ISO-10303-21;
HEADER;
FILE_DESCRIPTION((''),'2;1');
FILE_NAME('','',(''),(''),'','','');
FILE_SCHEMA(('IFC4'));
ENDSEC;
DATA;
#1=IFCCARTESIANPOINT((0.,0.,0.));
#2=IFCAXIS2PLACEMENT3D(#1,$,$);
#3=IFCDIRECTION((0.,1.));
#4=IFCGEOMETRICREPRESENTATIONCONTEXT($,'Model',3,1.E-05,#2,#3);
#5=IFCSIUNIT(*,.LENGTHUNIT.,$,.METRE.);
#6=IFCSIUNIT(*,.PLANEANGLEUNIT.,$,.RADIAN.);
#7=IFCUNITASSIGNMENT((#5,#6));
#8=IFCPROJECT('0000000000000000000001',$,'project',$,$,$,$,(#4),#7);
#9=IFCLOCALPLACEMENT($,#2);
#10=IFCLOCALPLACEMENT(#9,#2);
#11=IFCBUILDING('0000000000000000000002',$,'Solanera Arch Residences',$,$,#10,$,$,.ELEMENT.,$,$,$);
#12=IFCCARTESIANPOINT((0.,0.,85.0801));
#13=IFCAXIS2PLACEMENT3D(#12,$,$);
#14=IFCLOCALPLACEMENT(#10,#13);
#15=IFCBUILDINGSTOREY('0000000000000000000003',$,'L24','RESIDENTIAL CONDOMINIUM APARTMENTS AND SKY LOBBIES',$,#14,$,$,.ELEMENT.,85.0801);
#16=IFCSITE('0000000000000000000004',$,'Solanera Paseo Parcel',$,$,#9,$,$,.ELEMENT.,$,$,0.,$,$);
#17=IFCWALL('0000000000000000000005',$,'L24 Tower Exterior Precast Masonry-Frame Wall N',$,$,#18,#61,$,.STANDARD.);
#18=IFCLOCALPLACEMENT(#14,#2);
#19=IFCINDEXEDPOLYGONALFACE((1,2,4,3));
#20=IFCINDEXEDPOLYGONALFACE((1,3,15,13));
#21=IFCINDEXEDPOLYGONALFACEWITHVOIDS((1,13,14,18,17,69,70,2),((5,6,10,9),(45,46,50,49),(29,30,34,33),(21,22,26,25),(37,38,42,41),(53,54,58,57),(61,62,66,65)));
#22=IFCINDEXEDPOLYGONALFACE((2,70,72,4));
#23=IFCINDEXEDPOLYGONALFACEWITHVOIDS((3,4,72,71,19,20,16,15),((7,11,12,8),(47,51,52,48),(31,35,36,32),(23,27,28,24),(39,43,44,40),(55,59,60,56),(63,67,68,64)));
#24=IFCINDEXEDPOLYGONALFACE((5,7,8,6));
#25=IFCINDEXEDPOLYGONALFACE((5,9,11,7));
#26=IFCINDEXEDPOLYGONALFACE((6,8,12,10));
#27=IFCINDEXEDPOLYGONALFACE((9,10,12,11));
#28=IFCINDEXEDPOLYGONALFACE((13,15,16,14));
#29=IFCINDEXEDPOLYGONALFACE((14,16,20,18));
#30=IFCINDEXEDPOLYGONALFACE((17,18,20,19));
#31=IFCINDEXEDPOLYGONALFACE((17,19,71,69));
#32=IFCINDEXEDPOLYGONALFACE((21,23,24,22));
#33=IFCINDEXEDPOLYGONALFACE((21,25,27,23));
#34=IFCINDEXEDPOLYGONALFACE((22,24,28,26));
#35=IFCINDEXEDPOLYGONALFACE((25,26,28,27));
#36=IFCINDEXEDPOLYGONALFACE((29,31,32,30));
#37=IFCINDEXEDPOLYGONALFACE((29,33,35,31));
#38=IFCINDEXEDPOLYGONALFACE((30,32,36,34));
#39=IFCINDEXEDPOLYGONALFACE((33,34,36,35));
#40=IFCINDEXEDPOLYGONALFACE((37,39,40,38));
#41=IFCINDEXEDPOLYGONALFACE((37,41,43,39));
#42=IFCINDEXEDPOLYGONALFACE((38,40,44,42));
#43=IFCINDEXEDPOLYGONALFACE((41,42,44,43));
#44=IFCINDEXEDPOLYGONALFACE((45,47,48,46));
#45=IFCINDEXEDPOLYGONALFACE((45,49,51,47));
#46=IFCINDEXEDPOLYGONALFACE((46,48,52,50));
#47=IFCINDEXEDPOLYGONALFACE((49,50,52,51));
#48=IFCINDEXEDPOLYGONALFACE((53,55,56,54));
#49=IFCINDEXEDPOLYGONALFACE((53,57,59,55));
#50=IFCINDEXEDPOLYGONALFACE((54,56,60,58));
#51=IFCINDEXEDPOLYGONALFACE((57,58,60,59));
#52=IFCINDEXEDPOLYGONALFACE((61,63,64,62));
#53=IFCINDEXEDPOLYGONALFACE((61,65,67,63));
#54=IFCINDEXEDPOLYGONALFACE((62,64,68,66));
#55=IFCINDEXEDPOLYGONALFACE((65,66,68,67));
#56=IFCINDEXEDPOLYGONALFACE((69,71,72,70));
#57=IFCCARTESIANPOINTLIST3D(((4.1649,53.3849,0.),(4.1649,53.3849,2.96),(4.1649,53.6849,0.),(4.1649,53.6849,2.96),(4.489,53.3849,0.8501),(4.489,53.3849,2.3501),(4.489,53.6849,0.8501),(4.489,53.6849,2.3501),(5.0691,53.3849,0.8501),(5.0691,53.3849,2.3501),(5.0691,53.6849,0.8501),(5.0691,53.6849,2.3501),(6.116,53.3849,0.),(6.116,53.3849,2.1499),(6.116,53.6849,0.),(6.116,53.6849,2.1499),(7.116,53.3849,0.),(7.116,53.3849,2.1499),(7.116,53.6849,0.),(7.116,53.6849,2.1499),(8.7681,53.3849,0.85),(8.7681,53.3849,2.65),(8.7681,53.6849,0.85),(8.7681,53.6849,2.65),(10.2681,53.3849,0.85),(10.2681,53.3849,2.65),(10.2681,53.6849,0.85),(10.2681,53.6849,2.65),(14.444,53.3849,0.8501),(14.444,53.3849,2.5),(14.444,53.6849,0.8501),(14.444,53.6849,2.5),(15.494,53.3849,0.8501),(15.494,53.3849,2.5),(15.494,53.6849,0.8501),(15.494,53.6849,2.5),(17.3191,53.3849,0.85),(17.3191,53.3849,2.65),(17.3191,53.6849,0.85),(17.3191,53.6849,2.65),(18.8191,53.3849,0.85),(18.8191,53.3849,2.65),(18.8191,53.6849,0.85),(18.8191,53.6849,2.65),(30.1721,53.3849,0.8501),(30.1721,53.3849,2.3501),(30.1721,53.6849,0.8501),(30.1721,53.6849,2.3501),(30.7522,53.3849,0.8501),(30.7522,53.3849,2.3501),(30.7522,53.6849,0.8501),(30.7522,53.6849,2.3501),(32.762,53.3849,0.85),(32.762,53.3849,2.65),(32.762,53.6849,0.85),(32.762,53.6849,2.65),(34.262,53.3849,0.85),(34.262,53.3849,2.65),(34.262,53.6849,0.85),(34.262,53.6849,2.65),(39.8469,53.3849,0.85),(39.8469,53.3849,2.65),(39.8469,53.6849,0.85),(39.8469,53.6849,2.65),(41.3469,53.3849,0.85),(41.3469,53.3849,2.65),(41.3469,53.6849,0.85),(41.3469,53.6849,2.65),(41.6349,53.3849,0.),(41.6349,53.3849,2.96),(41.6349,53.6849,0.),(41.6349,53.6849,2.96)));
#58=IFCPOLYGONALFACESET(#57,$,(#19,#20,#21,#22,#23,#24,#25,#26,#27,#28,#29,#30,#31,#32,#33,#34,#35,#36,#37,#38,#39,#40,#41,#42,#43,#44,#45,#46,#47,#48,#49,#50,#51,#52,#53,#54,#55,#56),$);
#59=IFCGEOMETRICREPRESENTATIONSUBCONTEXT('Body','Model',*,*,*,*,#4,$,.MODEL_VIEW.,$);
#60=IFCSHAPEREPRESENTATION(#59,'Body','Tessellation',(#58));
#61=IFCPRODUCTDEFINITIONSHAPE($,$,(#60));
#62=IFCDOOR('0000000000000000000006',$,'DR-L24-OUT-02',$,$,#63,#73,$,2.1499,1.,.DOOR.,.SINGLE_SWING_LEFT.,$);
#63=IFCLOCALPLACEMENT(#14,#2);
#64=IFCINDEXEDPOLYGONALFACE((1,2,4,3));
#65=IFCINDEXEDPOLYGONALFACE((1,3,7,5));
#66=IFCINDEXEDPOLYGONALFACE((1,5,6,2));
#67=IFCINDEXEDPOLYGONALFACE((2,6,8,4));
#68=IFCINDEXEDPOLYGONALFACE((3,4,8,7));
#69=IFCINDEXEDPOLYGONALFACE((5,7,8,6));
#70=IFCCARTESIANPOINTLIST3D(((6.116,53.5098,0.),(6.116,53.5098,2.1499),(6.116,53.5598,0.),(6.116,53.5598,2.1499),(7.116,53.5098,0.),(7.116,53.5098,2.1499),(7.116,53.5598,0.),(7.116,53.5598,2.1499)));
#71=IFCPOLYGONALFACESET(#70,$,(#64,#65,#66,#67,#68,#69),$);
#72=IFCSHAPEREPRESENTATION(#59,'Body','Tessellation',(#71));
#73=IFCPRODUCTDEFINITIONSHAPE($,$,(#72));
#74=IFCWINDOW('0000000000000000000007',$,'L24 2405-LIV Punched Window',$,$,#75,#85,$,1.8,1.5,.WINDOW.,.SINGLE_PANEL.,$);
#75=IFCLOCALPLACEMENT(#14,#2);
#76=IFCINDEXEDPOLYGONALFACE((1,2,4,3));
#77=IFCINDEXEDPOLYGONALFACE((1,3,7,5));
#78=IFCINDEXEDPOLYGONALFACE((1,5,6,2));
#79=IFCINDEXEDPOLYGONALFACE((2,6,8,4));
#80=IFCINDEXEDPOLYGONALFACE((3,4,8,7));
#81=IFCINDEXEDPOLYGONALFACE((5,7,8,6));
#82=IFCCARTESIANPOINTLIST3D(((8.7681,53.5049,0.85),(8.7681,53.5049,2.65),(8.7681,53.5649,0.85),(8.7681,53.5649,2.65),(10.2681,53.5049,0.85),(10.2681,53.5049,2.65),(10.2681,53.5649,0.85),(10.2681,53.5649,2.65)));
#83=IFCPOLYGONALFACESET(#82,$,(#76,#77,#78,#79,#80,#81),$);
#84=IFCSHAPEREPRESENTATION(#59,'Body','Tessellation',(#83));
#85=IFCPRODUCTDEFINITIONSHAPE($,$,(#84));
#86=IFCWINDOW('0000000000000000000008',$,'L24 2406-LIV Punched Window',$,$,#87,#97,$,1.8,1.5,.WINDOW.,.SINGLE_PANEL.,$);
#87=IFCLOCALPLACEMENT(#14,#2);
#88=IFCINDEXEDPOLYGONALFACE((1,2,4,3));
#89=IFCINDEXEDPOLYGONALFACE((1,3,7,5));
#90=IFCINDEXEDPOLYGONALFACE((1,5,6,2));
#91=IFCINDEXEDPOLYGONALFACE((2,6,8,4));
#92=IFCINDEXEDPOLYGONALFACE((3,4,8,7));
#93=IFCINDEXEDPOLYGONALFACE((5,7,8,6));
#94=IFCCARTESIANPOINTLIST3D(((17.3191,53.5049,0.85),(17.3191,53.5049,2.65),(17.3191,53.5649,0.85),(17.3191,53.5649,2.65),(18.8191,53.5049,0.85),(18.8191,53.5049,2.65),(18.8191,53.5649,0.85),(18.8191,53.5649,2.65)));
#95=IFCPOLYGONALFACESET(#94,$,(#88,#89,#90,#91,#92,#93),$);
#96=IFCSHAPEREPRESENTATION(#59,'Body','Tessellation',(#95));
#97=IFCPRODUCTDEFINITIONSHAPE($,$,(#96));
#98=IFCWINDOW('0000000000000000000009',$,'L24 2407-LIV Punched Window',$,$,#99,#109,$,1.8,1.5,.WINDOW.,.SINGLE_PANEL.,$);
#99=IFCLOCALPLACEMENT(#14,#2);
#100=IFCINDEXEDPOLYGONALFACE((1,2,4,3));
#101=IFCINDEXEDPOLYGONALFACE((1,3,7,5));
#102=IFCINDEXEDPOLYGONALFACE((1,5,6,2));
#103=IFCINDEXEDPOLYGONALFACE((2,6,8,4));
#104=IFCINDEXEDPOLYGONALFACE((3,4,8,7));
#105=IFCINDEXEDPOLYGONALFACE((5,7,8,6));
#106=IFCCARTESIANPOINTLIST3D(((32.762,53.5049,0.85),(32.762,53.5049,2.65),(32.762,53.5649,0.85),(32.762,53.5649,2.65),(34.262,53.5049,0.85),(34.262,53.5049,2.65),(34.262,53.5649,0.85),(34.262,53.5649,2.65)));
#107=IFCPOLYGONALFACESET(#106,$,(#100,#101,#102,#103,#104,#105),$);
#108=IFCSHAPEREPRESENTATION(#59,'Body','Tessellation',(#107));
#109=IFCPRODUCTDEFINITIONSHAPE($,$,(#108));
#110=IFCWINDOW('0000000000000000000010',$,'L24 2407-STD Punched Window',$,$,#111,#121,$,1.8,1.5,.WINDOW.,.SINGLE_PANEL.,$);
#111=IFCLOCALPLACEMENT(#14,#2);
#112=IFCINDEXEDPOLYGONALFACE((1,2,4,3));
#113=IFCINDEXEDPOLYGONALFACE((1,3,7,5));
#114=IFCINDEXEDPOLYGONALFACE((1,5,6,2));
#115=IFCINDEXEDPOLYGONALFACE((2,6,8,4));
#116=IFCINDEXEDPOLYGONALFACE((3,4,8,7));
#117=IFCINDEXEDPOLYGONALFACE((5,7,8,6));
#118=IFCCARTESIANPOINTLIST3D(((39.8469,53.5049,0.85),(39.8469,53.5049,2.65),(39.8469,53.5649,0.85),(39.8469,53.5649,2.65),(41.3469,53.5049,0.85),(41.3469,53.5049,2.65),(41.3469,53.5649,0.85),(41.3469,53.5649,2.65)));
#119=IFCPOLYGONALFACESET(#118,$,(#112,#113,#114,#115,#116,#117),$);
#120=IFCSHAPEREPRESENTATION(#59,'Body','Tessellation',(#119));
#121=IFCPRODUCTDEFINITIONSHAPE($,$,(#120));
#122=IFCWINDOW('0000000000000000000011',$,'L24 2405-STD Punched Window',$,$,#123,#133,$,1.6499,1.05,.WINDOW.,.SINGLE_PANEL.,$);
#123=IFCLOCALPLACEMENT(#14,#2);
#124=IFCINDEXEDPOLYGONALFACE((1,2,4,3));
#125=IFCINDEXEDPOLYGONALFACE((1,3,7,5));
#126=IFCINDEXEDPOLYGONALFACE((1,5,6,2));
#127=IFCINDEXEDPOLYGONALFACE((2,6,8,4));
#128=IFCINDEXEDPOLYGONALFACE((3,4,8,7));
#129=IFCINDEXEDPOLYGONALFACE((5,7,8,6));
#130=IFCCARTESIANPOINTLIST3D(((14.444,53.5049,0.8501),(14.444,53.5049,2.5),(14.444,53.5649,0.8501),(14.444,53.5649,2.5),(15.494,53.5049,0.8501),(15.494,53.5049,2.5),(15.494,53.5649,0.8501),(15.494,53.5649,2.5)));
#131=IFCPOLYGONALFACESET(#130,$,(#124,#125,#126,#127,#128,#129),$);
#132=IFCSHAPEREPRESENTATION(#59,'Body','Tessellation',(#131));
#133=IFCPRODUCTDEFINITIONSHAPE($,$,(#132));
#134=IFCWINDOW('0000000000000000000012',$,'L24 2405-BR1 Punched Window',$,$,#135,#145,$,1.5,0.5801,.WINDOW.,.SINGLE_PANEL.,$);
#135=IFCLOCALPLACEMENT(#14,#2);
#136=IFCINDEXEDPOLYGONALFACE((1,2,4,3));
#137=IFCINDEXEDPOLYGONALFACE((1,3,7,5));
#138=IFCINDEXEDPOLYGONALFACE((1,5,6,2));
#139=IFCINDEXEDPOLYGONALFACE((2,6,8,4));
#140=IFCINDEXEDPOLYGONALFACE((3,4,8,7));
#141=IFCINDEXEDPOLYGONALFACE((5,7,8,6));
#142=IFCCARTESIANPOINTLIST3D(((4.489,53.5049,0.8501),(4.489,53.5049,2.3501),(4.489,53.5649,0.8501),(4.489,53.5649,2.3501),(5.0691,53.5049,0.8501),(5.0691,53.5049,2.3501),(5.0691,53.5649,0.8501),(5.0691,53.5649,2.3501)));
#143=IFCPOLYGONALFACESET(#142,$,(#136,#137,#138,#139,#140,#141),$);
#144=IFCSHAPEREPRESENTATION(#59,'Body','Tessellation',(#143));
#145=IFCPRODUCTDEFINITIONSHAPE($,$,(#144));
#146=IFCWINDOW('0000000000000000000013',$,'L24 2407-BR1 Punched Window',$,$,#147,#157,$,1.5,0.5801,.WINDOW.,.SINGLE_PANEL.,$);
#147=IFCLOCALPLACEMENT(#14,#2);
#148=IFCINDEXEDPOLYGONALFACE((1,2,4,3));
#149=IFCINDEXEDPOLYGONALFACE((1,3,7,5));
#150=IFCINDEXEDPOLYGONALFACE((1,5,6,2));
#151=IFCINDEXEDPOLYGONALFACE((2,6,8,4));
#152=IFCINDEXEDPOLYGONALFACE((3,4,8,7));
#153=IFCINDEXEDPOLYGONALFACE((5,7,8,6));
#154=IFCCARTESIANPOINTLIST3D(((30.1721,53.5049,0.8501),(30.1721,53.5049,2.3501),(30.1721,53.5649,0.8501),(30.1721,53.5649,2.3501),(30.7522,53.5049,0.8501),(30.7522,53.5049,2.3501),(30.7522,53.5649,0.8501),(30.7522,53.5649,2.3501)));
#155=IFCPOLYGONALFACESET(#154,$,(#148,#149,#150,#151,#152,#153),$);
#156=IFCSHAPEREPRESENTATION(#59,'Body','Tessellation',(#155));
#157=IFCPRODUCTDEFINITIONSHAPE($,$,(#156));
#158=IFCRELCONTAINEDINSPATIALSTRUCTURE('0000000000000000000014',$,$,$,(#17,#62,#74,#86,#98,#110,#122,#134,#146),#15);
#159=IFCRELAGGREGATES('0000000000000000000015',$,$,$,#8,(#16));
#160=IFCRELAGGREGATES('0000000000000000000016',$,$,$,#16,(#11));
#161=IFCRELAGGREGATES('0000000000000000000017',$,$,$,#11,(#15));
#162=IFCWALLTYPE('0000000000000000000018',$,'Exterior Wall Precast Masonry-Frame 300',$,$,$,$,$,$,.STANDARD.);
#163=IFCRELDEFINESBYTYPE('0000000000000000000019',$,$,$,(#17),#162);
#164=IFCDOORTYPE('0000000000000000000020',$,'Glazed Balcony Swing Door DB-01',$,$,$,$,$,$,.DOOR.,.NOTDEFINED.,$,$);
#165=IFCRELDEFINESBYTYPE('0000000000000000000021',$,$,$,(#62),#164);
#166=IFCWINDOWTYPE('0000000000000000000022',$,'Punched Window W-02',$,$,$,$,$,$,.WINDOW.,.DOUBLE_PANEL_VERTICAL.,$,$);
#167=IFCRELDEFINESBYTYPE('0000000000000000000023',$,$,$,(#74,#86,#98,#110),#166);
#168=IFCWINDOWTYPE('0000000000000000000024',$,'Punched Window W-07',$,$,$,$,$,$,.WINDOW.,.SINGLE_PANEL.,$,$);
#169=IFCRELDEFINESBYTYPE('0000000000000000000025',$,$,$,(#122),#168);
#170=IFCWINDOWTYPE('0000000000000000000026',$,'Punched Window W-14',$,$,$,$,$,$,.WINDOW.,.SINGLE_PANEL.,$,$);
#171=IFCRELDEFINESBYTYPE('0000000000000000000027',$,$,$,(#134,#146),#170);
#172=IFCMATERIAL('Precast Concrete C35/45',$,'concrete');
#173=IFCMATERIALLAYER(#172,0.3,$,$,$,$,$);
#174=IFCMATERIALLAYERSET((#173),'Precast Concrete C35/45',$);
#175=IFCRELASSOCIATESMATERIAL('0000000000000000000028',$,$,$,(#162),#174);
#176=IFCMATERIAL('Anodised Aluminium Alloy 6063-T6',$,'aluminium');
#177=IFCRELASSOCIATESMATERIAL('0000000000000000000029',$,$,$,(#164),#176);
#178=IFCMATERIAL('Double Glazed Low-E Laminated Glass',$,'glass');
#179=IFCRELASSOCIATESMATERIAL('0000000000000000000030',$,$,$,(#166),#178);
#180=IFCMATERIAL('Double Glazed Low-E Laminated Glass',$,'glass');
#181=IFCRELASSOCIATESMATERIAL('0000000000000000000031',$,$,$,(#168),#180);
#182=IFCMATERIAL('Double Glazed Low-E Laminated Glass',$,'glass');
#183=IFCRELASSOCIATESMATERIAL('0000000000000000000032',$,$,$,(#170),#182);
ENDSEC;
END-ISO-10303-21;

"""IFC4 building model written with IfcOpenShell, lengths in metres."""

from ifc_helpers import new_model, si_unit, direction, frame, frame_2d, origin, place, context, subcontext, project, spatial, rectangle, extrude, material, layer, layer_set, type_object, element, fill, save


model = new_model("IFC4")

# Units and contexts
model_context = context("Model", 3, precision=1e-05, world=origin(), true_north=direction((0.0, 1.0)))
body_context = subcontext(model_context, "Body", "Model", "MODEL_VIEW")
ifc_project = project(units=[si_unit("LENGTHUNIT", "METRE"), si_unit("PLANEANGLEUNIT", "RADIAN")], contexts=[model_context])

# Site, building, storey
site_placement = place(None, origin())
site = spatial("IfcSite", under=ifc_project, at=site_placement, Name="Solanera Paseo Parcel", CompositionType="ELEMENT", RefElevation=0.0)
building_placement = place(site_placement, origin())
building = spatial("IfcBuilding", under=site, at=building_placement, Name="Solanera Arch Residences", CompositionType="ELEMENT")
storey_placement = place(building_placement, frame((0.0, 0.0, 85.0801)))
storey = spatial("IfcBuildingStorey", under=building, at=storey_placement, Name="L24", Description="RESIDENTIAL CONDOMINIUM APARTMENTS AND SKY LOBBIES", CompositionType="ELEMENT", Elevation=85.0801)

# Shared definitions
ifc_material_1 = material(Name="Precast Concrete C35/45", Category="concrete")
ifc_layer_1 = layer(ifc_material_1, 0.3)
ifc_layer_set_1 = layer_set([ifc_layer_1], Name="Precast Concrete C35/45")
wall_type_1 = type_object("IfcWallType", Name="Exterior Wall Precast Masonry-Frame 300", PredefinedType="STANDARD", material=ifc_layer_set_1)

# Wall, openings, door, windows
wall_1_placement = place(storey_placement, frame((4.165, 53.5349, 0.0), z_axis=(0.0, 0.0, 1.0), x_axis=(1.0, 0.0, 0.0)))
wall_1 = element("IfcWall", 1, at=wall_1_placement, inside=storey, type_object=wall_type_1, Name="L24 Tower Exterior Precast Masonry-Frame Wall N", PredefinedType="STANDARD", context=body_context, shape_type="SweptSolid", body=[
    extrude(rectangle(XDim=37.47, YDim=0.3, at=frame_2d((18.7349, 0.0))), origin(), (0.0, 0.0, 1.0), 2.96),
])
opening_1_placement = place(wall_1_placement, frame((1.9509, 0.0, 0.0)))
opening_1 = element("IfcOpeningElement", 2, at=opening_1_placement, cuts=wall_1, PredefinedType="OPENING", context=body_context, shape_type="SweptSolid", body=[
    extrude(rectangle(XDim=1.0, YDim=2.1499, at=frame_2d((0.5, 1.075))), frame((0.0, 0.1599, 0.0), z_axis=(0.0, -1.0, 0.0), x_axis=(1.0, 0.0, 0.0)), (0.0, 0.0, 1.0), 0.32),
])
opening_2_placement = place(wall_1_placement, frame((4.603, 0.0, 0.8501)))
opening_2 = element("IfcOpeningElement", 3, at=opening_2_placement, cuts=wall_1, PredefinedType="OPENING", context=body_context, shape_type="SweptSolid", body=[
    extrude(rectangle(XDim=1.5, YDim=1.8, at=frame_2d((0.75, 0.8999))), frame((0.0, 0.1599, 0.0), z_axis=(0.0, -1.0, 0.0), x_axis=(1.0, 0.0, 0.0)), (0.0, 0.0, 1.0), 0.32),
])
opening_3_placement = place(wall_1_placement, frame((0.324, 0.0, 0.8501)))
opening_3 = element("IfcOpeningElement", 4, at=opening_3_placement, cuts=wall_1, PredefinedType="OPENING", context=body_context, shape_type="SweptSolid", body=[
    extrude(rectangle(XDim=0.5801, YDim=1.5, at=frame_2d((0.29, 0.75))), frame((0.0, 0.1599, 0.0), z_axis=(0.0, -1.0, 0.0), x_axis=(1.0, 0.0, 0.0)), (0.0, 0.0, 1.0), 0.32),
])
opening_4_placement = place(wall_1_placement, frame((10.2791, 0.0, 0.8501)))
opening_4 = element("IfcOpeningElement", 5, at=opening_4_placement, cuts=wall_1, PredefinedType="OPENING", context=body_context, shape_type="SweptSolid", body=[
    extrude(rectangle(XDim=1.05, YDim=1.6499, at=frame_2d((0.5249, 0.825))), frame((0.0, 0.1599, 0.0), z_axis=(0.0, -1.0, 0.0), x_axis=(1.0, 0.0, 0.0)), (0.0, 0.0, 1.0), 0.32),
])
opening_5_placement = place(wall_1_placement, frame((13.1541, 0.0, 0.8501)))
opening_5 = element("IfcOpeningElement", 6, at=opening_5_placement, cuts=wall_1, PredefinedType="OPENING", context=body_context, shape_type="SweptSolid", body=[
    extrude(rectangle(XDim=1.5, YDim=1.8, at=frame_2d((0.75, 0.8999))), frame((0.0, 0.1599, 0.0), z_axis=(0.0, -1.0, 0.0), x_axis=(1.0, 0.0, 0.0)), (0.0, 0.0, 1.0), 0.32),
])
opening_6_placement = place(wall_1_placement, frame((28.5969, 0.0, 0.8501)))
opening_6 = element("IfcOpeningElement", 7, at=opening_6_placement, cuts=wall_1, PredefinedType="OPENING", context=body_context, shape_type="SweptSolid", body=[
    extrude(rectangle(XDim=1.5, YDim=1.8, at=frame_2d((0.75, 0.8999))), frame((0.0, 0.1599, 0.0), z_axis=(0.0, -1.0, 0.0), x_axis=(1.0, 0.0, 0.0)), (0.0, 0.0, 1.0), 0.32),
])
opening_7_placement = place(wall_1_placement, frame((26.0071, 0.0, 0.8501)))
opening_7 = element("IfcOpeningElement", 8, at=opening_7_placement, cuts=wall_1, PredefinedType="OPENING", context=body_context, shape_type="SweptSolid", body=[
    extrude(rectangle(XDim=0.5801, YDim=1.5, at=frame_2d((0.29, 0.75))), frame((0.0, 0.1599, 0.0), z_axis=(0.0, -1.0, 0.0), x_axis=(1.0, 0.0, 0.0)), (0.0, 0.0, 1.0), 0.32),
])
opening_8_placement = place(wall_1_placement, frame((35.6819, 0.0, 0.8501)))
opening_8 = element("IfcOpeningElement", 9, at=opening_8_placement, cuts=wall_1, PredefinedType="OPENING", context=body_context, shape_type="SweptSolid", body=[
    extrude(rectangle(XDim=1.5, YDim=1.8, at=frame_2d((0.75, 0.8999))), frame((0.0, 0.1599, 0.0), z_axis=(0.0, -1.0, 0.0), x_axis=(1.0, 0.0, 0.0)), (0.0, 0.0, 1.0), 0.32),
])
ifc_material_2 = material(Name="Anodised Aluminium Alloy 6063-T6", Category="aluminium")
door_type_1 = type_object("IfcDoorType", Name="Glazed Balcony Swing Door DB-01", OperationType="NOTDEFINED", PredefinedType="DOOR", material=ifc_material_2)
door_1_placement = place(opening_1_placement, origin())
door_1 = element("IfcDoor", 10, at=door_1_placement, inside=storey, type_object=door_type_1, Name="DR-L24-OUT-02", OperationType="SINGLE_SWING_LEFT", OverallHeight=2.1499, OverallWidth=1.0, PredefinedType="DOOR", context=body_context, shape_type="SweptSolid", body=[
    extrude(rectangle(XDim=1.0, YDim=2.1499, at=frame_2d((0.5, 1.075))), frame((0.0, 0.0249, 0.0), z_axis=(0.0, -1.0, 0.0), x_axis=(1.0, 0.0, 0.0)), (0.0, 0.0, 1.0), 0.05),
])
fill(opening_1, door_1)
ifc_material_3 = material(Name="Double Glazed Low-E Laminated Glass", Category="glass")
window_type_1 = type_object("IfcWindowType", Name="Punched Window W-02", PartitioningType="DOUBLE_PANEL_VERTICAL", PredefinedType="WINDOW", material=ifc_material_3)
window_1_placement = place(opening_2_placement, origin())
window_1 = element("IfcWindow", 11, at=window_1_placement, inside=storey, type_object=window_type_1, Name="L24 2405-LIV Punched Window", OverallHeight=1.8, OverallWidth=1.5, PartitioningType="SINGLE_PANEL", PredefinedType="WINDOW", context=body_context, shape_type="SweptSolid", body=[
    extrude(rectangle(XDim=1.5, YDim=1.8, at=frame_2d((0.75, 0.8999))), frame((0.0, 0.03, 0.0), z_axis=(0.0, -1.0, 0.0), x_axis=(1.0, 0.0, 0.0)), (0.0, 0.0, 1.0), 0.0601),
])
fill(opening_2, window_1)
window_2_placement = place(opening_5_placement, origin())
window_2 = element("IfcWindow", 12, at=window_2_placement, inside=storey, type_object=window_type_1, Name="L24 2406-LIV Punched Window", OverallHeight=1.8, OverallWidth=1.5, PartitioningType="SINGLE_PANEL", PredefinedType="WINDOW", context=body_context, shape_type="SweptSolid", body=[
    extrude(rectangle(XDim=1.5, YDim=1.8, at=frame_2d((0.75, 0.8999))), frame((0.0, 0.03, 0.0), z_axis=(0.0, -1.0, 0.0), x_axis=(1.0, 0.0, 0.0)), (0.0, 0.0, 1.0), 0.0601),
])
fill(opening_5, window_2)
window_3_placement = place(opening_6_placement, origin())
window_3 = element("IfcWindow", 13, at=window_3_placement, inside=storey, type_object=window_type_1, Name="L24 2407-LIV Punched Window", OverallHeight=1.8, OverallWidth=1.5, PartitioningType="SINGLE_PANEL", PredefinedType="WINDOW", context=body_context, shape_type="SweptSolid", body=[
    extrude(rectangle(XDim=1.5, YDim=1.8, at=frame_2d((0.75, 0.8999))), frame((0.0, 0.03, 0.0), z_axis=(0.0, -1.0, 0.0), x_axis=(1.0, 0.0, 0.0)), (0.0, 0.0, 1.0), 0.0601),
])
fill(opening_6, window_3)
window_4_placement = place(opening_8_placement, origin())
window_4 = element("IfcWindow", 14, at=window_4_placement, inside=storey, type_object=window_type_1, Name="L24 2407-STD Punched Window", OverallHeight=1.8, OverallWidth=1.5, PartitioningType="SINGLE_PANEL", PredefinedType="WINDOW", context=body_context, shape_type="SweptSolid", body=[
    extrude(rectangle(XDim=1.5, YDim=1.8, at=frame_2d((0.75, 0.8999))), frame((0.0, 0.03, 0.0), z_axis=(0.0, -1.0, 0.0), x_axis=(1.0, 0.0, 0.0)), (0.0, 0.0, 1.0), 0.0601),
])
fill(opening_8, window_4)
ifc_material_4 = material(Name="Double Glazed Low-E Laminated Glass", Category="glass")
window_type_2 = type_object("IfcWindowType", Name="Punched Window W-07", PartitioningType="SINGLE_PANEL", PredefinedType="WINDOW", material=ifc_material_4)
window_5_placement = place(opening_4_placement, origin())
window_5 = element("IfcWindow", 15, at=window_5_placement, inside=storey, type_object=window_type_2, Name="L24 2405-STD Punched Window", OverallHeight=1.6499, OverallWidth=1.05, PartitioningType="SINGLE_PANEL", PredefinedType="WINDOW", context=body_context, shape_type="SweptSolid", body=[
    extrude(rectangle(XDim=1.05, YDim=1.6499, at=frame_2d((0.5249, 0.825))), frame((0.0, 0.03, 0.0), z_axis=(0.0, -1.0, 0.0), x_axis=(1.0, 0.0, 0.0)), (0.0, 0.0, 1.0), 0.0601),
])
fill(opening_4, window_5)
ifc_material_5 = material(Name="Double Glazed Low-E Laminated Glass", Category="glass")
window_type_3 = type_object("IfcWindowType", Name="Punched Window W-14", PartitioningType="SINGLE_PANEL", PredefinedType="WINDOW", material=ifc_material_5)
window_6_placement = place(opening_3_placement, origin())
window_6 = element("IfcWindow", 16, at=window_6_placement, inside=storey, type_object=window_type_3, Name="L24 2405-BR1 Punched Window", OverallHeight=1.5, OverallWidth=0.5801, PartitioningType="SINGLE_PANEL", PredefinedType="WINDOW", context=body_context, shape_type="SweptSolid", body=[
    extrude(rectangle(XDim=0.5801, YDim=1.5, at=frame_2d((0.29, 0.75))), frame((0.0, 0.03, 0.0), z_axis=(0.0, -1.0, 0.0), x_axis=(1.0, 0.0, 0.0)), (0.0, 0.0, 1.0), 0.0601),
])
fill(opening_3, window_6)
window_7_placement = place(opening_7_placement, origin())
window_7 = element("IfcWindow", 17, at=window_7_placement, inside=storey, type_object=window_type_3, Name="L24 2407-BR1 Punched Window", OverallHeight=1.5, OverallWidth=0.5801, PartitioningType="SINGLE_PANEL", PredefinedType="WINDOW", context=body_context, shape_type="SweptSolid", body=[
    extrude(rectangle(XDim=0.5801, YDim=1.5, at=frame_2d((0.29, 0.75))), frame((0.0, 0.03, 0.0), z_axis=(0.0, -1.0, 0.0), x_axis=(1.0, 0.0, 0.0)), (0.0, 0.0, 1.0), 0.0601),
])
fill(opening_7, window_7)

save(model, "model.ifc")
